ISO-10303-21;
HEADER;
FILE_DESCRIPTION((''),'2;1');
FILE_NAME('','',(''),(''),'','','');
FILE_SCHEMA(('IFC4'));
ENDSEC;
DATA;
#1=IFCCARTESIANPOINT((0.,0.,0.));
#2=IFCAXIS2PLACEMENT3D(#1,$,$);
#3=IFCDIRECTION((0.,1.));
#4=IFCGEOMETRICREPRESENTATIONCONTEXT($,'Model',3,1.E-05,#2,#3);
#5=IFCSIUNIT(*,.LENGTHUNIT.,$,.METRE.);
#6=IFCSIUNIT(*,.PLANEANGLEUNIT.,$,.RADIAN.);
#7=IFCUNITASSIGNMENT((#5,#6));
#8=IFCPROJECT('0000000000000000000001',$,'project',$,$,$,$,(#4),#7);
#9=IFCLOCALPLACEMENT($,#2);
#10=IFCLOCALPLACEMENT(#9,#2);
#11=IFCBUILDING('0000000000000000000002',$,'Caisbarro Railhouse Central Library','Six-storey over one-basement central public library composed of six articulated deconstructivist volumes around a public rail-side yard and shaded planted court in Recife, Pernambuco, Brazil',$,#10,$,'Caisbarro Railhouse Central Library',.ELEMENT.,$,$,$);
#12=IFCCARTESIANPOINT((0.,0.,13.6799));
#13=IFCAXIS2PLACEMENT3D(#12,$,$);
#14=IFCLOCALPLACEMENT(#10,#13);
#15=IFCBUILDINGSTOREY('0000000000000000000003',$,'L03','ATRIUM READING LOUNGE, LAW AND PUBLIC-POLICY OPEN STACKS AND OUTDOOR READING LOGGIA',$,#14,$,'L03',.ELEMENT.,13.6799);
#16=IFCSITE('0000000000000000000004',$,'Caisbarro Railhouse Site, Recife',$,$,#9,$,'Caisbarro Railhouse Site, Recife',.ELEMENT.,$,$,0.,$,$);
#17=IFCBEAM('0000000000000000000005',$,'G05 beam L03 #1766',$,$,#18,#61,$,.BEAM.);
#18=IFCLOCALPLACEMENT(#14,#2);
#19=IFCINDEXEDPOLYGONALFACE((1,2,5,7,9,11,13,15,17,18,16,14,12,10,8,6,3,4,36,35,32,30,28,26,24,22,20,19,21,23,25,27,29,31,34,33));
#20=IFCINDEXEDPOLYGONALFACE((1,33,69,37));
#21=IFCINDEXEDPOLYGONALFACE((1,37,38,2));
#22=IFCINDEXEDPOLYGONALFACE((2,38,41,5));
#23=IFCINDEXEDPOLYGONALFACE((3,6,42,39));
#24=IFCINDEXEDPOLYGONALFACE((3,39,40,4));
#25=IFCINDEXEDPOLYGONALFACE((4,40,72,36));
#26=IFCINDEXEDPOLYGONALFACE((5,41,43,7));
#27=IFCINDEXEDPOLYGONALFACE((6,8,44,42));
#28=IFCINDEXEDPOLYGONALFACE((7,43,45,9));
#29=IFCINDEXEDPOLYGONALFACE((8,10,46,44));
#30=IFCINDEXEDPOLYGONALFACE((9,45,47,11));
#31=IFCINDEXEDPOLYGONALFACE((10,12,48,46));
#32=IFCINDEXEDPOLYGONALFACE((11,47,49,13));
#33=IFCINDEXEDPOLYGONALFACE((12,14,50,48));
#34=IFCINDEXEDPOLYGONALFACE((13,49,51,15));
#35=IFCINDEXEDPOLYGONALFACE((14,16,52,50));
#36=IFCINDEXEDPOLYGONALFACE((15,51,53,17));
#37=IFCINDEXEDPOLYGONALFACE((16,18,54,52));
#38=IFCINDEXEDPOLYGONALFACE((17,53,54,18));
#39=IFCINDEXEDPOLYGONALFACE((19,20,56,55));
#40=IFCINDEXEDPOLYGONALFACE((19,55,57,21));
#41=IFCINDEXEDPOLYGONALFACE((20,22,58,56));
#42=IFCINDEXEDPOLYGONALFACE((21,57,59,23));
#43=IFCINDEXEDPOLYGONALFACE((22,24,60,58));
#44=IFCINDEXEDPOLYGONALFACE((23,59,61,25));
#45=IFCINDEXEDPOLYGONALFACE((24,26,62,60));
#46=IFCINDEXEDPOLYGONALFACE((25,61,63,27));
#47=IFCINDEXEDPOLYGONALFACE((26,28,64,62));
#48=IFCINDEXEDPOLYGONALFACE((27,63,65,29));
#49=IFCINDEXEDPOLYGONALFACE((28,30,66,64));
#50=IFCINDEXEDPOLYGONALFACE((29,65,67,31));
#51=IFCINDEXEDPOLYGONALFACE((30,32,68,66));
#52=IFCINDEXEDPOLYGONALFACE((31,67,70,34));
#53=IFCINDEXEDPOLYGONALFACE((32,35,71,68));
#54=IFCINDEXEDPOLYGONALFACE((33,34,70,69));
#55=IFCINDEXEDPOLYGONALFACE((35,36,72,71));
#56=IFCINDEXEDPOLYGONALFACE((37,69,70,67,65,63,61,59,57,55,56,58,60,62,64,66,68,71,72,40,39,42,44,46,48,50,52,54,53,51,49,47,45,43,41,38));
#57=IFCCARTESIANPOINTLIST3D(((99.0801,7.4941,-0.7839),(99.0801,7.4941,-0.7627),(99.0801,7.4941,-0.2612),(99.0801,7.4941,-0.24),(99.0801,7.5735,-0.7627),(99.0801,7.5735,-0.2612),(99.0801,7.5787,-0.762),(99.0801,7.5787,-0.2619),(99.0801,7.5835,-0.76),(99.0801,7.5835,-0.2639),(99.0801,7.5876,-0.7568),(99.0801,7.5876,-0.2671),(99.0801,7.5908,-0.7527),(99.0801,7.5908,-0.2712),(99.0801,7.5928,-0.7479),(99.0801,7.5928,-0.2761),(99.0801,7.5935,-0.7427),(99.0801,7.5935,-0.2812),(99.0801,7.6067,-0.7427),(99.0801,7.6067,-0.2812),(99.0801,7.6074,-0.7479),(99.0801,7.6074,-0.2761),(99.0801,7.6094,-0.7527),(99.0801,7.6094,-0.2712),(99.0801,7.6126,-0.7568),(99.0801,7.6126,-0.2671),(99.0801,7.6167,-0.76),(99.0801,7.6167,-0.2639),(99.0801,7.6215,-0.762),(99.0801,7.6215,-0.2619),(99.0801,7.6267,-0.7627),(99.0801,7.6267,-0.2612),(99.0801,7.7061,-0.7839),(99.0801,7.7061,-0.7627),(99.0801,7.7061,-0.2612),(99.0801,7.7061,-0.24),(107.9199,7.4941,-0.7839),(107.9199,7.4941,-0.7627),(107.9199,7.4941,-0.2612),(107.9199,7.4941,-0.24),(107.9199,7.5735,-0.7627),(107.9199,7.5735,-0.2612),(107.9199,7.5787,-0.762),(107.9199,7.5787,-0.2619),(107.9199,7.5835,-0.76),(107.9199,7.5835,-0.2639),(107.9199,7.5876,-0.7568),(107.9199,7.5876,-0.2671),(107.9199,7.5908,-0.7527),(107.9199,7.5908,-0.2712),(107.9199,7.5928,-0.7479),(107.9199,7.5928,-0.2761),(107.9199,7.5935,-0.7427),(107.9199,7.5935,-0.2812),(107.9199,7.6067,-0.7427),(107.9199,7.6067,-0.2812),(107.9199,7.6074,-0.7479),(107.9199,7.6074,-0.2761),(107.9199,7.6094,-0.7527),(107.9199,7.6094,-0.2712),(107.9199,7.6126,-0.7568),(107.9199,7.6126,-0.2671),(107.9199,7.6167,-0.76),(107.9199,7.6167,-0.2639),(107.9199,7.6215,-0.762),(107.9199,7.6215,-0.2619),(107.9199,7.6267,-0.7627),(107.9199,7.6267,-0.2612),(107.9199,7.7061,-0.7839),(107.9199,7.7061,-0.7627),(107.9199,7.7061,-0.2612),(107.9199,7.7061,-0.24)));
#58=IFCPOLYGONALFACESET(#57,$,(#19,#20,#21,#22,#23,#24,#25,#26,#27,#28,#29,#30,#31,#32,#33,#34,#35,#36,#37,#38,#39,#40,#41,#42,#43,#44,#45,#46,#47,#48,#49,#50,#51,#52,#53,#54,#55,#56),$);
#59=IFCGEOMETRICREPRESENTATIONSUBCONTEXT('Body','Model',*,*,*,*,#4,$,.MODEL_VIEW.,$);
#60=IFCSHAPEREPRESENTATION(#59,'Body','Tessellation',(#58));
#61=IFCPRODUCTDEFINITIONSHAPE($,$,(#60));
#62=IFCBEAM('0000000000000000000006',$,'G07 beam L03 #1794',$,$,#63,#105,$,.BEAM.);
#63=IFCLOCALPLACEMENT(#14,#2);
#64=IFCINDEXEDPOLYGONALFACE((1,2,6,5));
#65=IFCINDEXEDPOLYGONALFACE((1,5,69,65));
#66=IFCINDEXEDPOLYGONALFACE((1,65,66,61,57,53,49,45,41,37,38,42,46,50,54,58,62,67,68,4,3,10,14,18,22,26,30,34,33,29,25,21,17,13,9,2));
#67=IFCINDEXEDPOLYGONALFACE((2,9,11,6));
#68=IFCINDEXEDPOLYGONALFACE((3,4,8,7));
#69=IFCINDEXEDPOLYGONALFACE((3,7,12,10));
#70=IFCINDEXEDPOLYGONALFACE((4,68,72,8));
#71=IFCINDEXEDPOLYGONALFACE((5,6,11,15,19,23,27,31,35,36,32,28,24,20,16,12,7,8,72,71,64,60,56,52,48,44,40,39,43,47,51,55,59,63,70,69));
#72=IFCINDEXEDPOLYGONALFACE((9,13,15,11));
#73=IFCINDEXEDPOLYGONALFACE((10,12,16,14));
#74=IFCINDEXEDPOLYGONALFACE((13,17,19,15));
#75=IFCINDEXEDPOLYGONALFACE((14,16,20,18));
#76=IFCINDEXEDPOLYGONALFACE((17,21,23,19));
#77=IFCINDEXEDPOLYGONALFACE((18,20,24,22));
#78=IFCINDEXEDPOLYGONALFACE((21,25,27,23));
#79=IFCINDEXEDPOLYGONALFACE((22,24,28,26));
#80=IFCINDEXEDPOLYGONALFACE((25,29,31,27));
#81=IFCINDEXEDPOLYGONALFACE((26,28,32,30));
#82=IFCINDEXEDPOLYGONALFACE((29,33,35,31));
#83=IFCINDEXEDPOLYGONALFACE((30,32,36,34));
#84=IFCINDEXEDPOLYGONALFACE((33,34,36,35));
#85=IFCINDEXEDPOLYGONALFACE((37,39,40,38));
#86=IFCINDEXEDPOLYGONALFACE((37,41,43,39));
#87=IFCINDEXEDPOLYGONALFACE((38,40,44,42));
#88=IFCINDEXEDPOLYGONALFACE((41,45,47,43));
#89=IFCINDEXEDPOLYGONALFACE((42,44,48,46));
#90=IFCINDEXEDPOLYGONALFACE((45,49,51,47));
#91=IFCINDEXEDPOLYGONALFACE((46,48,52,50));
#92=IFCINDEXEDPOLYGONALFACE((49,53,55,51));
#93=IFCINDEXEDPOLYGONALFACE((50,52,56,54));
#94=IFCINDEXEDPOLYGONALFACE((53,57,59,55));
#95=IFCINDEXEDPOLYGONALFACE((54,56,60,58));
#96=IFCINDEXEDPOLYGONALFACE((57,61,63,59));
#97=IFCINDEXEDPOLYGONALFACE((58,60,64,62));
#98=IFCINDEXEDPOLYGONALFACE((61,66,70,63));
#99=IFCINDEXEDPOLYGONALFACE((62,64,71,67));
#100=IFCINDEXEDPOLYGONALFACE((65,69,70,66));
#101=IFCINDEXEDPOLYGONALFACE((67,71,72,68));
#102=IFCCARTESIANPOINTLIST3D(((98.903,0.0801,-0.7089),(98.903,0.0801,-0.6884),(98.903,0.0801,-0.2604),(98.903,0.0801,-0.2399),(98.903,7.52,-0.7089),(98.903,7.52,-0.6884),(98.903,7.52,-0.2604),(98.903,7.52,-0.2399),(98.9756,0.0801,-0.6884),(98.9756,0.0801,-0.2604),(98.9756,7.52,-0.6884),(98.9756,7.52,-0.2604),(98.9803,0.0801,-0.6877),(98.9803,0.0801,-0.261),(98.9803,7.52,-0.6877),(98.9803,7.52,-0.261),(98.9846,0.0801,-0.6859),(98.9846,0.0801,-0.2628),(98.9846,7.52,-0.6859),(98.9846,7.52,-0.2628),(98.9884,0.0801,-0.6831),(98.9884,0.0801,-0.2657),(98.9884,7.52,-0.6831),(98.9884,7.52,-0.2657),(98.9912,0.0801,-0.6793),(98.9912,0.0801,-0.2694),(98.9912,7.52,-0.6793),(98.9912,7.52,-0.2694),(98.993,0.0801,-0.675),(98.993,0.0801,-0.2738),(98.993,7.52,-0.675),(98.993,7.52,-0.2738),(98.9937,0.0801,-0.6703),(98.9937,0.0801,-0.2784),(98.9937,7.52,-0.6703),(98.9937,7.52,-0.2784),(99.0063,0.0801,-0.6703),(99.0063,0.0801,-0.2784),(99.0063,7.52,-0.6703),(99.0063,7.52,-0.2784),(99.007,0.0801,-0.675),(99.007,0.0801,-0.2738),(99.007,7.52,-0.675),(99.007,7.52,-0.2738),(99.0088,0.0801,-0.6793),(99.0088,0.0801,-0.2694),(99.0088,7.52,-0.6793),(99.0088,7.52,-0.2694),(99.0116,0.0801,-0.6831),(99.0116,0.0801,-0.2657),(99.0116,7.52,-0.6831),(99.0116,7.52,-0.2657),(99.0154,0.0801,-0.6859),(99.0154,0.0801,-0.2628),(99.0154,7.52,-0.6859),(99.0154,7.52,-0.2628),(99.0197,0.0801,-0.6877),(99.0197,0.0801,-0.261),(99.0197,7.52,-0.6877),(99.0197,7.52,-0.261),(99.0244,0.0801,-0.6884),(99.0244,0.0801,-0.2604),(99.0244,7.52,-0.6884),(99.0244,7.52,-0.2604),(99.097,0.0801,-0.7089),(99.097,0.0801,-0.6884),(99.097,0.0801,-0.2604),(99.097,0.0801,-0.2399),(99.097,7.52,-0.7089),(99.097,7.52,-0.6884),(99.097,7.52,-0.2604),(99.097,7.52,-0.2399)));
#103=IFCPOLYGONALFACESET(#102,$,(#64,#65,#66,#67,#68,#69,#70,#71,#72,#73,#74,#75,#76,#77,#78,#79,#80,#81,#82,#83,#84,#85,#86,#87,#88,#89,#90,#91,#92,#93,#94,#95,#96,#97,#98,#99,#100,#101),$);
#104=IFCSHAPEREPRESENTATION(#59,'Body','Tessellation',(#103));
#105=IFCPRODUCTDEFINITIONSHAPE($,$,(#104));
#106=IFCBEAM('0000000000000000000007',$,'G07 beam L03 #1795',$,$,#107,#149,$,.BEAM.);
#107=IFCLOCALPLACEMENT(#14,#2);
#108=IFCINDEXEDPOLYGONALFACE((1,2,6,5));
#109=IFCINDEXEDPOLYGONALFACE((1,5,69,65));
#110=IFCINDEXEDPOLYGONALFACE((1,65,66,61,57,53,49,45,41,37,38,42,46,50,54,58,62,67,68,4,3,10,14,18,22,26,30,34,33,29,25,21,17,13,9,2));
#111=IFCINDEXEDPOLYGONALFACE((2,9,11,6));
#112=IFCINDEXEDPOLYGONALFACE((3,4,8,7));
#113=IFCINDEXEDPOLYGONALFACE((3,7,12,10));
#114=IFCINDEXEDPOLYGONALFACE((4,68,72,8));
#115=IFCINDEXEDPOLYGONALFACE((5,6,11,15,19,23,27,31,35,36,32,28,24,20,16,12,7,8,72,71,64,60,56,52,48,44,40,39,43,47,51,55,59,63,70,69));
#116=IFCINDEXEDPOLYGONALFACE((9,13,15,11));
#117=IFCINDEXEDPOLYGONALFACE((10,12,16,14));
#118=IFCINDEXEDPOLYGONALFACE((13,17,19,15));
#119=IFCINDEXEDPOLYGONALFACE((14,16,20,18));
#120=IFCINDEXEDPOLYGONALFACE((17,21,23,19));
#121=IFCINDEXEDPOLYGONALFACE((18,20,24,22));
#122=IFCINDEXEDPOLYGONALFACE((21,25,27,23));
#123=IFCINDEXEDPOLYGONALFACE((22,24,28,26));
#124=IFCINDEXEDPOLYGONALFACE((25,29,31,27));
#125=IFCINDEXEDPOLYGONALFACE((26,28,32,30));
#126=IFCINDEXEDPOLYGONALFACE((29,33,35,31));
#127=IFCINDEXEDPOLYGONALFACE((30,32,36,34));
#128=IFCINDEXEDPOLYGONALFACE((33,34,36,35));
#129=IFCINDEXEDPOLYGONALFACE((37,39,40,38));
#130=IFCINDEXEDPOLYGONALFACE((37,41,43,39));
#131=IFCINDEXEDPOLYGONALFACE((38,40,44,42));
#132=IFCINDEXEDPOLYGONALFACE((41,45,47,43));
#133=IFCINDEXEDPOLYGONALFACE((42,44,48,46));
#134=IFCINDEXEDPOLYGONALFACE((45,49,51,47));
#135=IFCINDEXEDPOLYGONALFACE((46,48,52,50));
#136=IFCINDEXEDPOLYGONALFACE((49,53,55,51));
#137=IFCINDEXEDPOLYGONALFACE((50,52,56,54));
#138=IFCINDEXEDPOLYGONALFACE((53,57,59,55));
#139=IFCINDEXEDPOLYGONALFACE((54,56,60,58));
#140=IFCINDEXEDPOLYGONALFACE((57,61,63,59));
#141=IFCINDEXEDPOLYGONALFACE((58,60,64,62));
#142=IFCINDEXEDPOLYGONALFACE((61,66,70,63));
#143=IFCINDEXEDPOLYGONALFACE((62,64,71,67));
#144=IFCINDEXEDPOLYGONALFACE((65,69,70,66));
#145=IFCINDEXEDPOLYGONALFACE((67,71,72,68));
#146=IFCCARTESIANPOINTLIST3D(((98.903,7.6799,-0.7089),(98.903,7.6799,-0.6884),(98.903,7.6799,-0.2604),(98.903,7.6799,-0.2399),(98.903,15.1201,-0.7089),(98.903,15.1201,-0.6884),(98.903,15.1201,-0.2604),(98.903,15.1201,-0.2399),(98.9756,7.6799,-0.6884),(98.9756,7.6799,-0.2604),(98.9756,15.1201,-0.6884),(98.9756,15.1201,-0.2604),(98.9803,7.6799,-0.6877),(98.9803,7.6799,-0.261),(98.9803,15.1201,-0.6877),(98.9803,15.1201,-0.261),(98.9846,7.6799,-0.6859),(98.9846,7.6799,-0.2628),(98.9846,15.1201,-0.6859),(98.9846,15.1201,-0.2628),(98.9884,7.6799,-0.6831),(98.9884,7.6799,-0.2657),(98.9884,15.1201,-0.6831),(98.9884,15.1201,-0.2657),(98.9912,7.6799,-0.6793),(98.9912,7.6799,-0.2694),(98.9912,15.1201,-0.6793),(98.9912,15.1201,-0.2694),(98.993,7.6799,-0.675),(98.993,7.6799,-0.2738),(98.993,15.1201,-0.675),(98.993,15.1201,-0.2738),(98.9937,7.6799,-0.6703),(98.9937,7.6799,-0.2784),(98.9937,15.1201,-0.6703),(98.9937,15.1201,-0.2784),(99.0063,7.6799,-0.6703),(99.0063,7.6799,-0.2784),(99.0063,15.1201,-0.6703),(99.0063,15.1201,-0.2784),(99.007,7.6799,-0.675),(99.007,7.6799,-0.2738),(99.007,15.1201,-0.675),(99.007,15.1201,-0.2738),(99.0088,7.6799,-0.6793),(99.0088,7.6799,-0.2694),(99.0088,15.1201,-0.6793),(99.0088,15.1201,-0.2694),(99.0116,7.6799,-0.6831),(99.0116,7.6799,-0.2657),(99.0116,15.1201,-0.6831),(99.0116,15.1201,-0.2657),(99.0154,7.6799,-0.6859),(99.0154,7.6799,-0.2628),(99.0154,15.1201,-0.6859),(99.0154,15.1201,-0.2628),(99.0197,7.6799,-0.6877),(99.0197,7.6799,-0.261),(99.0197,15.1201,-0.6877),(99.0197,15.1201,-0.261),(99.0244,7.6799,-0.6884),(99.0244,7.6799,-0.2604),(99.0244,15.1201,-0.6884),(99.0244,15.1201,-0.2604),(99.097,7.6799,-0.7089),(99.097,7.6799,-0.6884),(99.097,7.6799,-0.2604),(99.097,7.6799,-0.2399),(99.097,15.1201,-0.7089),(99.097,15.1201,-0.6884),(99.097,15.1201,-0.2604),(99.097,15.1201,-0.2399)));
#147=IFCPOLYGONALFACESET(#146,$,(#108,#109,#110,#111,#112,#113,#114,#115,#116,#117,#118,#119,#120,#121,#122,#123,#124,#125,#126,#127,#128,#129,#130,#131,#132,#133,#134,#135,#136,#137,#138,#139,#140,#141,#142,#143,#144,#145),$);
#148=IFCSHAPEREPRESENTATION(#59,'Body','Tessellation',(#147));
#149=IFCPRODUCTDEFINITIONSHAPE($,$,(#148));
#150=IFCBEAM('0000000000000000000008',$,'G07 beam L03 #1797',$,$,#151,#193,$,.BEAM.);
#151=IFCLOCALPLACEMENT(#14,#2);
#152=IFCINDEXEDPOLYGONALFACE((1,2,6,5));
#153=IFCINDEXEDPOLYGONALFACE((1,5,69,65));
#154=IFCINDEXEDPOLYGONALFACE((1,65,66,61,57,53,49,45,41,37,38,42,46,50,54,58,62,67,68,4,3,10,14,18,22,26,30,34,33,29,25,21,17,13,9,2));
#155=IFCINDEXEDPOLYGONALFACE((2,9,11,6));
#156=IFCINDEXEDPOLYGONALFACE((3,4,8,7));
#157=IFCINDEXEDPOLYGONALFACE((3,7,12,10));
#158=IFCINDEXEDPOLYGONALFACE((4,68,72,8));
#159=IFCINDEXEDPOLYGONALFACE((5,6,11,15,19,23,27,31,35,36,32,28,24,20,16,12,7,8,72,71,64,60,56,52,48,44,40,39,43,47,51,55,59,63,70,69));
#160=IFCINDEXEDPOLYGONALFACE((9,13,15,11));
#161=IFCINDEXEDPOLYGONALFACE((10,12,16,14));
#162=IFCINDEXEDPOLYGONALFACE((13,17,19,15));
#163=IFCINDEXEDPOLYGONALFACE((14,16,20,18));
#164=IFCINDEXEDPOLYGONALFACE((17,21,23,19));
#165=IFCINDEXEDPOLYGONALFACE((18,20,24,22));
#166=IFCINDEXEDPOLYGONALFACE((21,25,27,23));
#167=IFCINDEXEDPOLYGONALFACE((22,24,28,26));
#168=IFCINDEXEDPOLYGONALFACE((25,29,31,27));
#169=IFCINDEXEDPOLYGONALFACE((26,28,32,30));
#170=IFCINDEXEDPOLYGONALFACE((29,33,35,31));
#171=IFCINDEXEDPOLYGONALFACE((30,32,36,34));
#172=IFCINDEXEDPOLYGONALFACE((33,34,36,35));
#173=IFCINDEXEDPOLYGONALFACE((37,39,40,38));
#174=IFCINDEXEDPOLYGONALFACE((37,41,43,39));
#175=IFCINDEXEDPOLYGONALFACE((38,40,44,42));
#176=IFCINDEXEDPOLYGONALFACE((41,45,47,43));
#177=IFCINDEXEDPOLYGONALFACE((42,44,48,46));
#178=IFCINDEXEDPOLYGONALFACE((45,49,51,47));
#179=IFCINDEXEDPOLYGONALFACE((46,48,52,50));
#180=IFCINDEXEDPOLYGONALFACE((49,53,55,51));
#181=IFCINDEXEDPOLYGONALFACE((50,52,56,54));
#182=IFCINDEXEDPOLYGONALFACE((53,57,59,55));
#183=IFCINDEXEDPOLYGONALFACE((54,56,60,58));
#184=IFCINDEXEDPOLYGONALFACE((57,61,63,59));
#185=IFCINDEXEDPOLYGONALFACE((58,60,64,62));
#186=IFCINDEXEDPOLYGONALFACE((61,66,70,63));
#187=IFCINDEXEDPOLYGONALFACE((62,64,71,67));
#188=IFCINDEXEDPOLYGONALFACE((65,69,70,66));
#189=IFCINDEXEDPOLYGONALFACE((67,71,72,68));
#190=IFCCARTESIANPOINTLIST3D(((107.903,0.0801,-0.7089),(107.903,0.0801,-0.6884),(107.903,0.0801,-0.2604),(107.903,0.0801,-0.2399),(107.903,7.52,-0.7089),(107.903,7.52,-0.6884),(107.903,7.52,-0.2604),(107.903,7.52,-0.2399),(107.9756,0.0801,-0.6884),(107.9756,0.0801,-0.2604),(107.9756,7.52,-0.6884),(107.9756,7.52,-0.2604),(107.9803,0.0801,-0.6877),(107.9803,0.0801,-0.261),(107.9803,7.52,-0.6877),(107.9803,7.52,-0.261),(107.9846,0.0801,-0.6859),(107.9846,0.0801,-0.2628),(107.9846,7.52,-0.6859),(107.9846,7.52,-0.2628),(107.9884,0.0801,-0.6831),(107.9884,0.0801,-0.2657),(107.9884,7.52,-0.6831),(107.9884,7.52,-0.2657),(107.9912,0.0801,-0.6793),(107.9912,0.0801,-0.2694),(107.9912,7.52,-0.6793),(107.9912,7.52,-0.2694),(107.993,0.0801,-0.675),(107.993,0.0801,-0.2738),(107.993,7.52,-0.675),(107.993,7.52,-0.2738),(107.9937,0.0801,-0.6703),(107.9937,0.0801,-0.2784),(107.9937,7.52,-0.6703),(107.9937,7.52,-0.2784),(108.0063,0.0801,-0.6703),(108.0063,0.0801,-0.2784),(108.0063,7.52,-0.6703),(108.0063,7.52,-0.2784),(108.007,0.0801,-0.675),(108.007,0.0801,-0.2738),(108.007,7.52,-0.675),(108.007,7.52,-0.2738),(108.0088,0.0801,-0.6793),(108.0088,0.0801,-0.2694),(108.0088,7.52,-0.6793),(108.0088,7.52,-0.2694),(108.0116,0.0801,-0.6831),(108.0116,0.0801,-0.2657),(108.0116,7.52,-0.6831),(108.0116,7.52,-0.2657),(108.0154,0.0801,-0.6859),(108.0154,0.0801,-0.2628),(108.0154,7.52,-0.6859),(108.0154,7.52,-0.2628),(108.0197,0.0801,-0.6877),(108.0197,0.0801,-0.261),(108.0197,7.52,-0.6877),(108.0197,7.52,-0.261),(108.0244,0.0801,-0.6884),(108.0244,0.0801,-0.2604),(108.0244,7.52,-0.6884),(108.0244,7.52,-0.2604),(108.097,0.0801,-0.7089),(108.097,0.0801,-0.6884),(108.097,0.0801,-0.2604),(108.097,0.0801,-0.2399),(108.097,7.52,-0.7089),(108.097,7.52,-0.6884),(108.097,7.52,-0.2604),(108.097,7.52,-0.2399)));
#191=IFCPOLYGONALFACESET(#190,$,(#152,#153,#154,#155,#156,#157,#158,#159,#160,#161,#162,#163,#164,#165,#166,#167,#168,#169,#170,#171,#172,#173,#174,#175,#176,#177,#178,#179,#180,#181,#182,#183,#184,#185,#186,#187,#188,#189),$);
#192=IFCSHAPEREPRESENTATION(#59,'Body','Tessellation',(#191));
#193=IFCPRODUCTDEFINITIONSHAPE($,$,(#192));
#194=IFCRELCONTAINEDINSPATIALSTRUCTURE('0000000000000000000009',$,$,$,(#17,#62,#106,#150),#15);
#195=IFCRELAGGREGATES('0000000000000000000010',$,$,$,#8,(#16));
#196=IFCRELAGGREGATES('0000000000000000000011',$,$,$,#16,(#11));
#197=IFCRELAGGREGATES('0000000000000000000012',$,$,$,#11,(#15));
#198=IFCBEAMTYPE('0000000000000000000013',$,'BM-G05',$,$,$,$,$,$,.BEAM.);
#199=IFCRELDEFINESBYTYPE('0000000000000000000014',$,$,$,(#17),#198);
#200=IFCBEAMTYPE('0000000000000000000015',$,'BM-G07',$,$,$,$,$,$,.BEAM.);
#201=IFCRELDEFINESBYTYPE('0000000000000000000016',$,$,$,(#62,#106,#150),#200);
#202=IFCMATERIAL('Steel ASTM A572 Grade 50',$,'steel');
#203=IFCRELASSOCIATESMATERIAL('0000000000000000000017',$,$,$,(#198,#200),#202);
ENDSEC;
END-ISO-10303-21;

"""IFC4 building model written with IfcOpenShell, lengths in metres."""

from ifc_helpers import new_model, si_unit, direction, frame, origin, origin_2d, place, context, subcontext, project, spatial, i_section, extrude, material, material_profile, profile_set, type_object, element, save


model = new_model("IFC4")

# Units and contexts
model_context = context("Model", 3, precision=1e-05, world=origin(), true_north=direction((0.0, 1.0)))
body_context = subcontext(model_context, "Body", "Model", "MODEL_VIEW")
ifc_project = project(units=[si_unit("LENGTHUNIT", "METRE"), si_unit("PLANEANGLEUNIT", "RADIAN")], contexts=[model_context])

# Site, building, storey
site_placement = place(None, origin())
site = spatial("IfcSite", under=ifc_project, at=site_placement, Name="Caisbarro Railhouse Site, Recife", LongName="Caisbarro Railhouse Site, Recife", CompositionType="ELEMENT", RefElevation=0.0)
building_placement = place(site_placement, origin())
building = spatial("IfcBuilding", under=site, at=building_placement, Name="Caisbarro Railhouse Central Library", Description="Six-storey over one-basement central public library composed of six articulated deconstructivist volumes around a public rail-side yard and shaded planted court in Recife, Pernambuco, Brazil", LongName="Caisbarro Railhouse Central Library", CompositionType="ELEMENT")
storey_placement = place(building_placement, frame((0.0, 0.0, 13.6799)))
storey = spatial("IfcBuildingStorey", under=building, at=storey_placement, Name="L03", Description="ATRIUM READING LOUNGE, LAW AND PUBLIC-POLICY OPEN STACKS AND OUTDOOR READING LOGGIA", LongName="L03", CompositionType="ELEMENT", Elevation=13.6799)

# Shared definitions
ifc_material_1 = material(Name="Steel ASTM A572 Grade 50", Category="steel")

# Beams
ifc_material_profile_1 = material_profile(ifc_material_1, i_section(OverallWidth=0.2119, OverallDepth=0.5439, WebThickness=0.0132, FlangeThickness=0.0212, FilletRadius=0.02, at=origin_2d()), Name="W530X123.0")
ifc_profile_set_1 = profile_set([ifc_material_profile_1], Name="Steel ASTM A572 Grade 50")
beam_type_1 = type_object("IfcBeamType", Name="BM-G05", PredefinedType="BEAM", material=ifc_profile_set_1)
beam_1_placement = place(storey_placement, frame((99.0801, 7.6001, -0.512), z_axis=(1.0, 0.0, 0.0), x_axis=(0.0, 1.0, 0.0)))
element("IfcBeam", 1, at=beam_1_placement, inside=storey, type_object=beam_type_1, Name="G05 beam L03 #1766", PredefinedType="BEAM", context=body_context, shape_type="SweptSolid", body=[
    extrude(i_section(OverallWidth=0.2119, OverallDepth=0.5439, WebThickness=0.0132, FlangeThickness=0.0212, FilletRadius=0.02, at=origin_2d()), origin(), (0.0, 0.0, 1.0), 8.8398),
])
ifc_material_profile_2 = material_profile(ifc_material_1, i_section(OverallWidth=0.1941, OverallDepth=0.469, WebThickness=0.0127, FlangeThickness=0.0205, FilletRadius=0.0181, at=origin_2d()), Name="W460X106.0")
ifc_profile_set_2 = profile_set([ifc_material_profile_2], Name="Steel ASTM A572 Grade 50")
beam_type_2 = type_object("IfcBeamType", Name="BM-G07", PredefinedType="BEAM", material=ifc_profile_set_2)
beam_2_placement = place(storey_placement, frame((99.0, 0.0801, -0.4744), z_axis=(0.0, 1.0, 0.0), x_axis=(-1.0, 0.0, 0.0)))
element("IfcBeam", 2, at=beam_2_placement, inside=storey, type_object=beam_type_2, Name="G07 beam L03 #1794", PredefinedType="BEAM", context=body_context, shape_type="SweptSolid", body=[
    extrude(i_section(OverallWidth=0.1941, OverallDepth=0.469, WebThickness=0.0127, FlangeThickness=0.0205, FilletRadius=0.0181, at=origin_2d()), origin(), (0.0, 0.0, 1.0), 7.4399),
])
beam_3_placement = place(storey_placement, frame((99.0, 7.6799, -0.4744), z_axis=(0.0, 1.0, 0.0), x_axis=(-1.0, 0.0, 0.0)))
element("IfcBeam", 3, at=beam_3_placement, inside=storey, type_object=beam_type_2, Name="G07 beam L03 #1795", PredefinedType="BEAM", context=body_context, shape_type="SweptSolid", body=[
    extrude(i_section(OverallWidth=0.1941, OverallDepth=0.469, WebThickness=0.0127, FlangeThickness=0.0205, FilletRadius=0.0181, at=origin_2d()), origin(), (0.0, 0.0, 1.0), 7.4402),
])
beam_4_placement = place(storey_placement, frame((108.0, 0.0801, -0.4744), z_axis=(0.0, 1.0, 0.0), x_axis=(-1.0, 0.0, 0.0)))
element("IfcBeam", 4, at=beam_4_placement, inside=storey, type_object=beam_type_2, Name="G07 beam L03 #1797", PredefinedType="BEAM", context=body_context, shape_type="SweptSolid", body=[
    extrude(i_section(OverallWidth=0.1941, OverallDepth=0.469, WebThickness=0.0127, FlangeThickness=0.0205, FilletRadius=0.0181, at=origin_2d()), origin(), (0.0, 0.0, 1.0), 7.4399),
])

save(model, "model.ifc")
